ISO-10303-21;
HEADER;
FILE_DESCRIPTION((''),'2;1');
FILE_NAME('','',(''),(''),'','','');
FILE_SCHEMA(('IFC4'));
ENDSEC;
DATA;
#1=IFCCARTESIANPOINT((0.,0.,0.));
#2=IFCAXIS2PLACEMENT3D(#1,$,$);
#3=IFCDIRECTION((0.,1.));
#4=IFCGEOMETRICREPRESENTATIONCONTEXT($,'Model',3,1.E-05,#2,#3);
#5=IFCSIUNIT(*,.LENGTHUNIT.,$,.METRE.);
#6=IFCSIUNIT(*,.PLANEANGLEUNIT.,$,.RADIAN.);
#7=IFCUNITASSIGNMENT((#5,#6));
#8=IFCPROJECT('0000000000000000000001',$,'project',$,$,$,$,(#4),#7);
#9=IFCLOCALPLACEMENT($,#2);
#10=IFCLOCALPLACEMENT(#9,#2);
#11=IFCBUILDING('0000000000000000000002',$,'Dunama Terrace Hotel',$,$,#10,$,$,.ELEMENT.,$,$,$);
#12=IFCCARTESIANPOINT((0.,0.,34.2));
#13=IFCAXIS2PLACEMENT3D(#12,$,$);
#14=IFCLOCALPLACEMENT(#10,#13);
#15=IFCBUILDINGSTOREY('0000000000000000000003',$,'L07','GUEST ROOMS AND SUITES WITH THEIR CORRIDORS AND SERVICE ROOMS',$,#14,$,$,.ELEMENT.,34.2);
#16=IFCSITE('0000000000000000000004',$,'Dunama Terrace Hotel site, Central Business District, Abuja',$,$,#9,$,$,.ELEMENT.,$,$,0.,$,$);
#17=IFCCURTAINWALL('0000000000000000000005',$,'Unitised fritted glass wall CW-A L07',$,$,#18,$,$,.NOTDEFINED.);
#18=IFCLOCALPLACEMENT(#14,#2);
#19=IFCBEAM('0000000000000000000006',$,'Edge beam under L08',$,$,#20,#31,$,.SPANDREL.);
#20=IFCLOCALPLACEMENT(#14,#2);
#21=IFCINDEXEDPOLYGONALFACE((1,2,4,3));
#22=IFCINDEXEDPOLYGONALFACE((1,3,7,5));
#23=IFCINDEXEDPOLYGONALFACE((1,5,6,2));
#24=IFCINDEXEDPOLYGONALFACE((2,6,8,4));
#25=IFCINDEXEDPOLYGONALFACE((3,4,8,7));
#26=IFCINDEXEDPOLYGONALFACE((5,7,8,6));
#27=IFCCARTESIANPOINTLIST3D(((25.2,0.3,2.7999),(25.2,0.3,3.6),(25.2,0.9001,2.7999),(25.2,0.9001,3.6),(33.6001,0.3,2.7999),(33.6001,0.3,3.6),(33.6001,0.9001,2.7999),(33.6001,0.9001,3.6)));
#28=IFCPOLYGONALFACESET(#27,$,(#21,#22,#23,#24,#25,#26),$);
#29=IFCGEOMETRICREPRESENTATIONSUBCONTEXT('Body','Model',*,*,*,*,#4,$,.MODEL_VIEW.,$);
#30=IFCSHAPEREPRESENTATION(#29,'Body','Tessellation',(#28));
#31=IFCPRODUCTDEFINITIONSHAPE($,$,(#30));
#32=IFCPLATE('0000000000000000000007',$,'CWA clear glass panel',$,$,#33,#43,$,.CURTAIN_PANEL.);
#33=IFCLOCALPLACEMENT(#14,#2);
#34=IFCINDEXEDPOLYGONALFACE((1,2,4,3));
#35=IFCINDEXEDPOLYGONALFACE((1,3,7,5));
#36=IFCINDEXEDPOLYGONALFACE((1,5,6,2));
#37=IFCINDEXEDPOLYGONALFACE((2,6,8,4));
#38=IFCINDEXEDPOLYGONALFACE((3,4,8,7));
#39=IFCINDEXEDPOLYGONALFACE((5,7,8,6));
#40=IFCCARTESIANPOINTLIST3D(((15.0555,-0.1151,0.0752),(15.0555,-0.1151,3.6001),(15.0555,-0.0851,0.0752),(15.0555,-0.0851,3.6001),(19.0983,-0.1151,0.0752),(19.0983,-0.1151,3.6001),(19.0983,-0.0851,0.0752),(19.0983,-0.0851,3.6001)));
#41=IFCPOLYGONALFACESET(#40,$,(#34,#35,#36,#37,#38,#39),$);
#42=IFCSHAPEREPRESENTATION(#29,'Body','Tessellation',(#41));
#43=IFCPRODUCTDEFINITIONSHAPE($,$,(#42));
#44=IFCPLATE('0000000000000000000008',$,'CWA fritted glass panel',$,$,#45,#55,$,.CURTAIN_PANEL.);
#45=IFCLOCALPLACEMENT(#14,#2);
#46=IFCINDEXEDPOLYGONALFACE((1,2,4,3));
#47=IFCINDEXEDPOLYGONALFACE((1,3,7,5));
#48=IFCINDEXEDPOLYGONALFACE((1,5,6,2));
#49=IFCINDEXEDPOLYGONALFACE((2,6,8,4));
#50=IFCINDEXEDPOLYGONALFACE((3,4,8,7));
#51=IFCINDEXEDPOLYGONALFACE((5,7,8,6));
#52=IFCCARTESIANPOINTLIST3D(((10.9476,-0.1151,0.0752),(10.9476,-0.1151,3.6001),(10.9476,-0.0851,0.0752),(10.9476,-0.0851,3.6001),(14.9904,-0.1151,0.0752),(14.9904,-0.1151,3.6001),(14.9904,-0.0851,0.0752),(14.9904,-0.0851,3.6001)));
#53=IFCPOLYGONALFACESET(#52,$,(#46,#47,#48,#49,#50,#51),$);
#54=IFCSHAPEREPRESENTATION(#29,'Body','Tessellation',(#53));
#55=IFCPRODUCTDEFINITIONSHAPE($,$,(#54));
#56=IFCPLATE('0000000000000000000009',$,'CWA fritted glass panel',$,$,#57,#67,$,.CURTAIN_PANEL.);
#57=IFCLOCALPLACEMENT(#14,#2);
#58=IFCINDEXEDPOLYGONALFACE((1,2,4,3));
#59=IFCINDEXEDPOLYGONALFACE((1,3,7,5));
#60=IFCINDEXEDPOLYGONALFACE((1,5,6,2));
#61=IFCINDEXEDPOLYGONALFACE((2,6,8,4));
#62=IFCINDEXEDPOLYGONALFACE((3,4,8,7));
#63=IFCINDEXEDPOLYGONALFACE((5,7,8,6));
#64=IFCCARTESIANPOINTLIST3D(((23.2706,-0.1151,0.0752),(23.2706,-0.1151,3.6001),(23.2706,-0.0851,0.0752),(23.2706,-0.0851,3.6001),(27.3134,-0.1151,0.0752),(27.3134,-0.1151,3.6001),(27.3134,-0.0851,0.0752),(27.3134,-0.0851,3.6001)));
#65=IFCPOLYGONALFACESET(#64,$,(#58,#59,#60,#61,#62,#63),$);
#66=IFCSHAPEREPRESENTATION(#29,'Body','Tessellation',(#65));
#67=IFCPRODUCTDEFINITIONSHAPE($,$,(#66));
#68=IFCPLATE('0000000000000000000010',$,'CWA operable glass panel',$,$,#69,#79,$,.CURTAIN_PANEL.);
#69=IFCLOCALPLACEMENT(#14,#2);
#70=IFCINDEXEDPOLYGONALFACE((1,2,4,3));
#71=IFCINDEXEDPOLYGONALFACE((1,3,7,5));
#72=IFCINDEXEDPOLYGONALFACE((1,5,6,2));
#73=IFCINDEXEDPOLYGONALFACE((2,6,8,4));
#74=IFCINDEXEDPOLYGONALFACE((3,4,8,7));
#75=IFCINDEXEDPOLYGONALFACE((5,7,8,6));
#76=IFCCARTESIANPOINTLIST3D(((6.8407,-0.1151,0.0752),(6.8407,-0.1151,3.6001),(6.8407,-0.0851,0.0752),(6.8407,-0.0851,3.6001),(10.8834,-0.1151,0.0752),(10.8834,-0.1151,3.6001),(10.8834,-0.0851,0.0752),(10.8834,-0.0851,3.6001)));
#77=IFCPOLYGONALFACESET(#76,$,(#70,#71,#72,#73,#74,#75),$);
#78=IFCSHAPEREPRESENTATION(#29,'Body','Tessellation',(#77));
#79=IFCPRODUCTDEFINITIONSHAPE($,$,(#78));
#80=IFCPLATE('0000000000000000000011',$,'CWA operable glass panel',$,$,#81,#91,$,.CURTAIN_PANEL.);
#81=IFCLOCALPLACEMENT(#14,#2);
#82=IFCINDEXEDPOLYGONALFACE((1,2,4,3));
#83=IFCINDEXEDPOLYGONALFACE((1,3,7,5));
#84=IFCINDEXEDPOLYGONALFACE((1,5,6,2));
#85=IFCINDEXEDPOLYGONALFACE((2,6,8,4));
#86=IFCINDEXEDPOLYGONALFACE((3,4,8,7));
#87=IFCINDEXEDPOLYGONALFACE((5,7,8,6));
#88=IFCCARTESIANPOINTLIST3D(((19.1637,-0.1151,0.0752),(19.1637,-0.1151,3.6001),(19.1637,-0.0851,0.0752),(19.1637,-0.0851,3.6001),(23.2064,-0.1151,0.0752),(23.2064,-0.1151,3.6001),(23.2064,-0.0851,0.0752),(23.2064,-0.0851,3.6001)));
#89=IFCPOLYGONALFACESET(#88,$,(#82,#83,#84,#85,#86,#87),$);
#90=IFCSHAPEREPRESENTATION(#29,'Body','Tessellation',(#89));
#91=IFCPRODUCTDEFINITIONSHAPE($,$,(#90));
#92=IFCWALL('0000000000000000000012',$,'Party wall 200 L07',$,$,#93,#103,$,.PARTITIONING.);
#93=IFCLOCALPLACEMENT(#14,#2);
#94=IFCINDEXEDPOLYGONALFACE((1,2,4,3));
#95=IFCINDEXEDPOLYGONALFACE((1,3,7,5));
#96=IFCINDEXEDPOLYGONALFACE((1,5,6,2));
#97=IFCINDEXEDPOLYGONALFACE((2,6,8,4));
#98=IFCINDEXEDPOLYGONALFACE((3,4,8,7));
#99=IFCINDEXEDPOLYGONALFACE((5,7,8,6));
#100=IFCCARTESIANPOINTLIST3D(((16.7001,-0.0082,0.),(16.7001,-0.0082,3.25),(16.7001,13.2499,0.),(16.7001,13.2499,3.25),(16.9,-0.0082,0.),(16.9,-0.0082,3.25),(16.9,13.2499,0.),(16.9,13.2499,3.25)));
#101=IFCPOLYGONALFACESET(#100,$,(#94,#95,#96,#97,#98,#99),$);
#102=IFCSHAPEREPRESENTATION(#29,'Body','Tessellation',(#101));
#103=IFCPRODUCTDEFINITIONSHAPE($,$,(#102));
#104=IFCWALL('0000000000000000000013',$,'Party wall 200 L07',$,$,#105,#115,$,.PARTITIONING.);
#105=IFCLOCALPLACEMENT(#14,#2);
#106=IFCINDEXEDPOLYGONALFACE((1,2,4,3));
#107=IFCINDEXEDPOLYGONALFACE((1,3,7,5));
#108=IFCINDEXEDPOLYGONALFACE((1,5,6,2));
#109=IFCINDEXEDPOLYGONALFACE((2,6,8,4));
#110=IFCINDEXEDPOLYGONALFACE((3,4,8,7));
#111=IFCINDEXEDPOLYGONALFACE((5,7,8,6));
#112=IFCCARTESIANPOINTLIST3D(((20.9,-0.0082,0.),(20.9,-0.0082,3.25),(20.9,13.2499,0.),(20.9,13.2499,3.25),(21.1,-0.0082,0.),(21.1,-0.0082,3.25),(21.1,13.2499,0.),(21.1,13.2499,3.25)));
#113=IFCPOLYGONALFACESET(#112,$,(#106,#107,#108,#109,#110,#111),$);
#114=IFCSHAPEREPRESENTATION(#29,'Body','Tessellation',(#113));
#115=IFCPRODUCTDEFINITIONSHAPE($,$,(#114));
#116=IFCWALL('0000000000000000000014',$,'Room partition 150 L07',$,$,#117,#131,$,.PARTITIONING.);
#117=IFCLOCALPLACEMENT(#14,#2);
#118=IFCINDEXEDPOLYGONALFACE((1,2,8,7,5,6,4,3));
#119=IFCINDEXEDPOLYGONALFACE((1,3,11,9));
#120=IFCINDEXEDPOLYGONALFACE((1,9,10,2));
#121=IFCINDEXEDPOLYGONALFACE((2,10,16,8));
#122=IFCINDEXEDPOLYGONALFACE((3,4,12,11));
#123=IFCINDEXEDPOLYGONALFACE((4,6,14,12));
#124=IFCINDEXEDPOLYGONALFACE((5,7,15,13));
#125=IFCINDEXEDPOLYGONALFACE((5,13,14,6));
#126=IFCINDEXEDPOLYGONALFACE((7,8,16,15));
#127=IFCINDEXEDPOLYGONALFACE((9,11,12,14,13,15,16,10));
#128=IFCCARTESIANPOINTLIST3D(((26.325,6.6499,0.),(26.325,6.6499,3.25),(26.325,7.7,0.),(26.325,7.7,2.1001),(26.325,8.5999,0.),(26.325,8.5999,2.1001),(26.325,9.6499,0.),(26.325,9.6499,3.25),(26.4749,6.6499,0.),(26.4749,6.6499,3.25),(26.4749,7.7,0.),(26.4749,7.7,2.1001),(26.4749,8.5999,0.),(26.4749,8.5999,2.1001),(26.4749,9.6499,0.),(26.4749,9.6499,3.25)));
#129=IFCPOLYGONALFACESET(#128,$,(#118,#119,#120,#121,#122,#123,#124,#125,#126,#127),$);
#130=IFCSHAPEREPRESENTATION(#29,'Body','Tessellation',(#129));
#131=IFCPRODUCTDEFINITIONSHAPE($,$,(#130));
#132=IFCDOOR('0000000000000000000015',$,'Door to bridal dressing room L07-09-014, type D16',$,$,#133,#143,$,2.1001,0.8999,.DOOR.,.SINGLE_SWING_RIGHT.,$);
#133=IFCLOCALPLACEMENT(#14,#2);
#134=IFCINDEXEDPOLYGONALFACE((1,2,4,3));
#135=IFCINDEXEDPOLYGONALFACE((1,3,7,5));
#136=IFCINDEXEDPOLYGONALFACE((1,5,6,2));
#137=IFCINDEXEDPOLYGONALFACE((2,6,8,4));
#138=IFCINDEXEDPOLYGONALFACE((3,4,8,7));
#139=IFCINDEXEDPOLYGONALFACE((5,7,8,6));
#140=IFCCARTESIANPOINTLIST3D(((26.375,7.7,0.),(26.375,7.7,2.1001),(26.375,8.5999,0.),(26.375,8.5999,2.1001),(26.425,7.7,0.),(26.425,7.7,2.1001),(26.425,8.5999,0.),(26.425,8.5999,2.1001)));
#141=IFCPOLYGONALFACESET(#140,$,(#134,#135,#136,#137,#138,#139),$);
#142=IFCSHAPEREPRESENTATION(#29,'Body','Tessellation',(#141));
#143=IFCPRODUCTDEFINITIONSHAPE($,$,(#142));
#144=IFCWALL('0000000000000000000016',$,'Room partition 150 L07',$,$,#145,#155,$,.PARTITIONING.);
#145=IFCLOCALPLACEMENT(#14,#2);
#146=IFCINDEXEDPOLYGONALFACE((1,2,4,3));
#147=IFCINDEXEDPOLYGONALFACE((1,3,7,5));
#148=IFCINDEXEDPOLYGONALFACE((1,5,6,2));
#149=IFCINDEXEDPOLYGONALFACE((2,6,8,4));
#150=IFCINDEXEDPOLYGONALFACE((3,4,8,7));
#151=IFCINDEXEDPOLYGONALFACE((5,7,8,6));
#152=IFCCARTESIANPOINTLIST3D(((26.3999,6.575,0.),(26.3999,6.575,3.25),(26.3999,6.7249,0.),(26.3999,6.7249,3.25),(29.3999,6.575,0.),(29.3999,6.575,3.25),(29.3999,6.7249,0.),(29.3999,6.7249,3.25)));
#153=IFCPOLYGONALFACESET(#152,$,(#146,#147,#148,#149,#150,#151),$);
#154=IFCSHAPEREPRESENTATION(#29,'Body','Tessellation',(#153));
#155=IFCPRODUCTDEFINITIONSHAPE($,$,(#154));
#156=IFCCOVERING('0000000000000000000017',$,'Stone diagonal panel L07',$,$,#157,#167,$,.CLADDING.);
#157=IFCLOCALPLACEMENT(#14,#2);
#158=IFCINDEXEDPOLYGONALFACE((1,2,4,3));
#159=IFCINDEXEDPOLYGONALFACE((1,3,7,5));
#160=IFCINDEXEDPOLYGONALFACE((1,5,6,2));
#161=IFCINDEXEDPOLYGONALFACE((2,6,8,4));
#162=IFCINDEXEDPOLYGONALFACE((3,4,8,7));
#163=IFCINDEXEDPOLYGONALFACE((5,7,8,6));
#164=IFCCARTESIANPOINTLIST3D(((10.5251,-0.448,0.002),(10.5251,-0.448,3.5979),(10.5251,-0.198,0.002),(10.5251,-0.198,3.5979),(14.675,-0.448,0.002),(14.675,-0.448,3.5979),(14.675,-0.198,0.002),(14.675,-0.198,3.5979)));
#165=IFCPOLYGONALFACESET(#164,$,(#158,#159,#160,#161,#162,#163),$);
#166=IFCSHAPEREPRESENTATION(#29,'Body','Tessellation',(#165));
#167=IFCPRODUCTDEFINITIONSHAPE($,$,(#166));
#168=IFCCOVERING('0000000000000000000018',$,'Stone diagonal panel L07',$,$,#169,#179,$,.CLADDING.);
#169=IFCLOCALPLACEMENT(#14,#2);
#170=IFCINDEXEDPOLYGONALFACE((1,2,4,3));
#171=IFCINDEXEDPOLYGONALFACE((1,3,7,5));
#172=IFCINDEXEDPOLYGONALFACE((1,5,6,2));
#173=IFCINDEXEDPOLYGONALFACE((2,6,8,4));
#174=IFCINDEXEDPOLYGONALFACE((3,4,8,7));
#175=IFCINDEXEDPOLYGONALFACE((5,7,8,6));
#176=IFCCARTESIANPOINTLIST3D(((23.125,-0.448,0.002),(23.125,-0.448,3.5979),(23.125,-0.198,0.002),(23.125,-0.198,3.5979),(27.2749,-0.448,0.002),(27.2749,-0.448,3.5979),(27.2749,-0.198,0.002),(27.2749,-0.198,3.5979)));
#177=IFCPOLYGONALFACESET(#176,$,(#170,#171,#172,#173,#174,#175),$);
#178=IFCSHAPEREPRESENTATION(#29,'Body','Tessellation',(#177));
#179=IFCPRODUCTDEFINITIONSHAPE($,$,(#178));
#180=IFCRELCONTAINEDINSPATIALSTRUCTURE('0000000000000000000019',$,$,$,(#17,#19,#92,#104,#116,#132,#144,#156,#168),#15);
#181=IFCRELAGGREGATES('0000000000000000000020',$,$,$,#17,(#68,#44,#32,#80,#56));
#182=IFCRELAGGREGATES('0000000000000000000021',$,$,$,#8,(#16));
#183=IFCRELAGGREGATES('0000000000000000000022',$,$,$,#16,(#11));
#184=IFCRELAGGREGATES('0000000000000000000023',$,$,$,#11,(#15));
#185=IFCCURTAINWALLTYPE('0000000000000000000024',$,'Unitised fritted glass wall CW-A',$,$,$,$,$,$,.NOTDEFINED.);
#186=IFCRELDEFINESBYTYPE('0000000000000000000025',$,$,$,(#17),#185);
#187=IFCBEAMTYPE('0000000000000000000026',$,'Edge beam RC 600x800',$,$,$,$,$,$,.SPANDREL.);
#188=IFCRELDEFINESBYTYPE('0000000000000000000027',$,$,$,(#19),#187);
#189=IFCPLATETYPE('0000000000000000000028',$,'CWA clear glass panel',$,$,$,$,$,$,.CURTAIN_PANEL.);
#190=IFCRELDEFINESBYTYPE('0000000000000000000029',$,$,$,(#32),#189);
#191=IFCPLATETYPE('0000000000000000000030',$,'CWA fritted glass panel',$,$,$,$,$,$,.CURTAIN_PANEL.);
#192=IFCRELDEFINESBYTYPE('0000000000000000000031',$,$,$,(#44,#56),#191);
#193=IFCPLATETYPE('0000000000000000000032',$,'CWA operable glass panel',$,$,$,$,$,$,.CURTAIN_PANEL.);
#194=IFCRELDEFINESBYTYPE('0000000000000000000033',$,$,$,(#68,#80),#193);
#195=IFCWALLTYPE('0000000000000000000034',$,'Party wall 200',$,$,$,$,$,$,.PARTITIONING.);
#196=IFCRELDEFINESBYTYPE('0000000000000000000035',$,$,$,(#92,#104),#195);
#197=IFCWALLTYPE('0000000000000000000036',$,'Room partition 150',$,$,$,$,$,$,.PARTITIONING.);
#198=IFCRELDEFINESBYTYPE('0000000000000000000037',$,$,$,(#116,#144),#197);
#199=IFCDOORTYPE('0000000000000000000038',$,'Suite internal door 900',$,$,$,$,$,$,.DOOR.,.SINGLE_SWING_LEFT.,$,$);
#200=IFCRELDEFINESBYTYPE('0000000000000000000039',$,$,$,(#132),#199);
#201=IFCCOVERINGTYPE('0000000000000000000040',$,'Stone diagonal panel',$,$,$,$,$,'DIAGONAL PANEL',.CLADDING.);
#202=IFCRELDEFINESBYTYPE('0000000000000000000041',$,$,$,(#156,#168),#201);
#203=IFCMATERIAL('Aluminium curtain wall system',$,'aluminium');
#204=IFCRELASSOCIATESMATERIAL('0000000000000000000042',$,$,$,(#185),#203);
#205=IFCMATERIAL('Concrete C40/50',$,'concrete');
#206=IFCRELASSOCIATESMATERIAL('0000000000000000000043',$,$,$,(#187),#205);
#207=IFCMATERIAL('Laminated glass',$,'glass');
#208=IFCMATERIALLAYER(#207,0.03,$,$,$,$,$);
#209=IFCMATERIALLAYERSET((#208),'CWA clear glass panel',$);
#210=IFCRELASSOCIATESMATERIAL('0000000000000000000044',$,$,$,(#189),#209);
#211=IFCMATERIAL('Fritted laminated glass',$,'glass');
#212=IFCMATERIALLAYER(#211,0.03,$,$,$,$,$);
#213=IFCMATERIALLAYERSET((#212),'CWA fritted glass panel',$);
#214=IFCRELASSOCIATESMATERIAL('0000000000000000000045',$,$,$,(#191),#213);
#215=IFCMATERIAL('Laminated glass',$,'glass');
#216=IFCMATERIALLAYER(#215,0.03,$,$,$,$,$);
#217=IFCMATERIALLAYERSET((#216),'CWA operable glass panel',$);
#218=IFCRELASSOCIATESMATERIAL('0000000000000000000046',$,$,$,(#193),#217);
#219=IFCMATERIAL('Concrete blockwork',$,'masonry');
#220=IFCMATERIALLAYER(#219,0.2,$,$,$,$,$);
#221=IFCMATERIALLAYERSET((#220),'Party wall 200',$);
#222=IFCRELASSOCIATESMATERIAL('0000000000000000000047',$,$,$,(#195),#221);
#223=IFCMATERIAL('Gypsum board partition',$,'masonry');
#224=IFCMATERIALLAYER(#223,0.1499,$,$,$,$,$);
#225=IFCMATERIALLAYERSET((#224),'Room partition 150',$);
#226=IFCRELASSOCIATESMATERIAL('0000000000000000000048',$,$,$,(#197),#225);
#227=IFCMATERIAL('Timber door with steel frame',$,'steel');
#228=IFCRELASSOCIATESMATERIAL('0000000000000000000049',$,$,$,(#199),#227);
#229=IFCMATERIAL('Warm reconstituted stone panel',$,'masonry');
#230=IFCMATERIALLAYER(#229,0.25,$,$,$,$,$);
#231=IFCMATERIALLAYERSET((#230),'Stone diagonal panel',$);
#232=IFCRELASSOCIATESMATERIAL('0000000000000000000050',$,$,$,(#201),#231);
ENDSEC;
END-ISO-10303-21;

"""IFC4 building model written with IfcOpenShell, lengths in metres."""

from ifc_helpers import new_model, si_unit, direction, frame, frame_2d, origin, origin_2d, place, context, subcontext, project, spatial, rectangle, extrude, material, layer, layer_set, material_profile, profile_set, type_object, element, fill, aggregate, save


model = new_model("IFC4")

# Units and contexts
model_context = context("Model", 3, precision=1e-05, world=origin(), true_north=direction((0.0, 1.0)))
body_context = subcontext(model_context, "Body", "Model", "MODEL_VIEW")
ifc_project = project(units=[si_unit("LENGTHUNIT", "METRE"), si_unit("PLANEANGLEUNIT", "RADIAN")], contexts=[model_context])

# Site, building, storey
site_placement = place(None, origin())
site = spatial("IfcSite", under=ifc_project, at=site_placement, Name="Dunama Terrace Hotel site, Central Business District, Abuja", CompositionType="ELEMENT", RefElevation=0.0)
building_placement = place(site_placement, origin())
building = spatial("IfcBuilding", under=site, at=building_placement, Name="Dunama Terrace Hotel", CompositionType="ELEMENT")
storey_placement = place(building_placement, frame((0.0, 0.0, 34.2)))
storey = spatial("IfcBuildingStorey", under=building, at=storey_placement, Name="L07", Description="GUEST ROOMS AND SUITES WITH THEIR CORRIDORS AND SERVICE ROOMS", CompositionType="ELEMENT", Elevation=34.2)

# Curtain wall
ifc_material_1 = material(Name="Aluminium curtain wall system", Category="aluminium")
curtain_wall_type = type_object("IfcCurtainWallType", Name="Unitised fritted glass wall CW-A", PredefinedType="NOTDEFINED", material=ifc_material_1)
curtain_wall_placement = place(storey_placement, origin())
curtain_wall = element("IfcCurtainWall", 1, at=curtain_wall_placement, inside=storey, type_object=curtain_wall_type, Name="Unitised fritted glass wall CW-A L07", PredefinedType="NOTDEFINED")

# Beam
ifc_material_2 = material(Name="Concrete C40/50", Category="concrete")
ifc_material_profile_1 = material_profile(ifc_material_2, rectangle(XDim=0.6001, YDim=0.8, at=origin_2d()), Name="RC 600x800")
ifc_profile_set_1 = profile_set([ifc_material_profile_1], Name="Concrete C40/50")
beam_type = type_object("IfcBeamType", Name="Edge beam RC 600x800", PredefinedType="SPANDREL", material=ifc_profile_set_1)
beam_1_placement = place(storey_placement, frame((25.2, 0.6001, 3.2), z_axis=(1.0, 0.0, 0.0), x_axis=(0.0, 1.0, 0.0)))
element("IfcBeam", 2, at=beam_1_placement, inside=storey, type_object=beam_type, Name="Edge beam under L08", PredefinedType="SPANDREL", context=body_context, shape_type="SweptSolid", body=[
    extrude(rectangle(XDim=0.6001, YDim=0.8, at=origin_2d()), origin(), (0.0, 0.0, 1.0), 8.4001),
])

# Plates
ifc_material_3 = material(Name="Laminated glass", Category="glass")
ifc_layer_1 = layer(ifc_material_3, 0.03)
ifc_layer_set_1 = layer_set([ifc_layer_1], Name="CWA clear glass panel")
plate_type_1 = type_object("IfcPlateType", Name="CWA clear glass panel", PredefinedType="CURTAIN_PANEL", material=ifc_layer_set_1)
plate_1_placement = place(storey_placement, frame((17.0769, -0.1001, 0.0752), z_axis=(0.0, 0.0, 1.0), x_axis=(1.0, 0.0, 0.0)))
plate_1 = element("IfcPlate", 3, at=plate_1_placement, type_object=plate_type_1, Name="CWA clear glass panel", PredefinedType="CURTAIN_PANEL", context=body_context, shape_type="SweptSolid", body=[
    extrude(rectangle(XDim=4.0427, YDim=0.03, at=origin_2d()), origin(), (0.0, 0.0, 1.0), 3.5249),
])
ifc_material_4 = material(Name="Fritted laminated glass", Category="glass")
ifc_layer_2 = layer(ifc_material_4, 0.03)
ifc_layer_set_2 = layer_set([ifc_layer_2], Name="CWA fritted glass panel")
plate_type_2 = type_object("IfcPlateType", Name="CWA fritted glass panel", PredefinedType="CURTAIN_PANEL", material=ifc_layer_set_2)
plate_2_placement = place(storey_placement, frame((12.969, -0.1001, 0.0752), z_axis=(0.0, 0.0, 1.0), x_axis=(1.0, 0.0, 0.0)))
plate_2 = element("IfcPlate", 4, at=plate_2_placement, type_object=plate_type_2, Name="CWA fritted glass panel", PredefinedType="CURTAIN_PANEL", context=body_context, shape_type="SweptSolid", body=[
    extrude(rectangle(XDim=4.0427, YDim=0.03, at=origin_2d()), origin(), (0.0, 0.0, 1.0), 3.5249),
])
plate_3_placement = place(storey_placement, frame((25.292, -0.1001, 0.0752), z_axis=(0.0, 0.0, 1.0), x_axis=(1.0, 0.0, 0.0)))
plate_3 = element("IfcPlate", 5, at=plate_3_placement, type_object=plate_type_2, Name="CWA fritted glass panel", PredefinedType="CURTAIN_PANEL", context=body_context, shape_type="SweptSolid", body=[
    extrude(rectangle(XDim=4.0427, YDim=0.03, at=origin_2d()), origin(), (0.0, 0.0, 1.0), 3.5249),
])
ifc_material_5 = material(Name="Laminated glass", Category="glass")
ifc_layer_3 = layer(ifc_material_5, 0.03)
ifc_layer_set_3 = layer_set([ifc_layer_3], Name="CWA operable glass panel")
plate_type_3 = type_object("IfcPlateType", Name="CWA operable glass panel", PredefinedType="CURTAIN_PANEL", material=ifc_layer_set_3)
plate_4_placement = place(storey_placement, frame((8.8621, -0.1001, 0.0752), z_axis=(0.0, 0.0, 1.0), x_axis=(1.0, 0.0, 0.0)))
plate_4 = element("IfcPlate", 6, at=plate_4_placement, type_object=plate_type_3, Name="CWA operable glass panel", PredefinedType="CURTAIN_PANEL", context=body_context, shape_type="SweptSolid", body=[
    extrude(rectangle(XDim=4.0427, YDim=0.03, at=origin_2d()), origin(), (0.0, 0.0, 1.0), 3.5249),
])
plate_5_placement = place(storey_placement, frame((21.1851, -0.1001, 0.0752), z_axis=(0.0, 0.0, 1.0), x_axis=(1.0, 0.0, 0.0)))
plate_5 = element("IfcPlate", 7, at=plate_5_placement, type_object=plate_type_3, Name="CWA operable glass panel", PredefinedType="CURTAIN_PANEL", context=body_context, shape_type="SweptSolid", body=[
    extrude(rectangle(XDim=4.0427, YDim=0.03, at=origin_2d()), origin(), (0.0, 0.0, 1.0), 3.5249),
])
aggregate(curtain_wall, [plate_4, plate_2, plate_1, plate_5, plate_3])

# Walls
ifc_material_6 = material(Name="Concrete blockwork", Category="masonry")
ifc_layer_4 = layer(ifc_material_6, 0.2)
ifc_layer_set_4 = layer_set([ifc_layer_4], Name="Party wall 200")
wall_type_1 = type_object("IfcWallType", Name="Party wall 200", PredefinedType="PARTITIONING", material=ifc_layer_set_4)
for number, where, z_axis, x_axis, name in (
    (8, (16.8, -0.0081, 0.0), (0.0, 0.0, 1.0), (0.0, 1.0, 0.0), "Party wall 200 L07"),
    (9, (21.0, -0.0081, 0.0), (0.0, 0.0, 1.0), (0.0, 1.0, 0.0), "Party wall 200 L07"),
):
    element("IfcWall", number, at=place(storey_placement, frame(where, z_axis=z_axis, x_axis=x_axis)), inside=storey, type_object=wall_type_1, Name=name, PredefinedType="PARTITIONING", context=body_context, shape_type="SweptSolid", body=[
        extrude(rectangle(XDim=13.2581, YDim=0.2, at=frame_2d((6.6289, 0.0))), origin(), (0.0, 0.0, 1.0), 3.25),
    ])

# Wall, opening, door
ifc_material_7 = material(Name="Gypsum board partition", Category="masonry")
ifc_layer_5 = layer(ifc_material_7, 0.1499)
ifc_layer_set_5 = layer_set([ifc_layer_5], Name="Room partition 150")
wall_type_2 = type_object("IfcWallType", Name="Room partition 150", PredefinedType="PARTITIONING", material=ifc_layer_set_5)
wall_1_placement = place(storey_placement, frame((26.3999, 6.6499, 0.0), z_axis=(0.0, 0.0, 1.0), x_axis=(0.0, 1.0, 0.0)))
wall_1 = element("IfcWall", 10, at=wall_1_placement, inside=storey, type_object=wall_type_2, Name="Room partition 150 L07", PredefinedType="PARTITIONING", context=body_context, shape_type="SweptSolid", body=[
    extrude(rectangle(XDim=3.0, YDim=0.1499, at=frame_2d((1.5, 0.0))), origin(), (0.0, 0.0, 1.0), 3.25),
])
opening_placement = place(wall_1_placement, frame((1.05, 0.0, 0.0)))
opening = element("IfcOpeningElement", 11, at=opening_placement, cuts=wall_1, PredefinedType="OPENING", context=body_context, shape_type="SweptSolid", body=[
    extrude(rectangle(XDim=0.8999, YDim=2.1001, at=frame_2d((0.45, 1.05))), frame((0.0, 0.085, 0.0), z_axis=(0.0, -1.0, 0.0), x_axis=(1.0, 0.0, 0.0)), (0.0, 0.0, 1.0), 0.1699),
])
ifc_material_8 = material(Name="Timber door with steel frame", Category="steel")
door_type = type_object("IfcDoorType", Name="Suite internal door 900", OperationType="SINGLE_SWING_LEFT", PredefinedType="DOOR", material=ifc_material_8)
door_placement = place(opening_placement, frame((0.8999, 0.0, 0.0), z_axis=(0.0, 0.0, 1.0), x_axis=(-1.0, 0.0, 0.0)))
door = element("IfcDoor", 12, at=door_placement, inside=storey, type_object=door_type, Name="Door to bridal dressing room L07-09-014, type D16", OperationType="SINGLE_SWING_RIGHT", OverallHeight=2.1001, OverallWidth=0.8999, PredefinedType="DOOR", context=body_context, shape_type="SweptSolid", body=[
    extrude(rectangle(XDim=0.8999, YDim=2.1001, at=frame_2d((0.45, 1.05))), frame((0.0, 0.0251, 0.0), z_axis=(0.0, -1.0, 0.0), x_axis=(1.0, 0.0, 0.0)), (0.0, 0.0, 1.0), 0.05),
])
fill(opening, door)

# Wall
wall_2_placement = place(storey_placement, frame((26.3999, 6.6499, 0.0), z_axis=(0.0, 0.0, 1.0), x_axis=(1.0, 0.0, 0.0)))
element("IfcWall", 13, at=wall_2_placement, inside=storey, type_object=wall_type_2, Name="Room partition 150 L07", PredefinedType="PARTITIONING", context=body_context, shape_type="SweptSolid", body=[
    extrude(rectangle(XDim=3.0, YDim=0.1499, at=frame_2d((1.5, 0.0))), origin(), (0.0, 0.0, 1.0), 3.25),
])

# Coverings
ifc_material_9 = material(Name="Warm reconstituted stone panel", Category="masonry")
ifc_layer_6 = layer(ifc_material_9, 0.25)
ifc_layer_set_6 = layer_set([ifc_layer_6], Name="Stone diagonal panel")
covering_type = type_object("IfcCoveringType", Name="Stone diagonal panel", ElementType="DIAGONAL PANEL", PredefinedType="CLADDING", material=ifc_layer_set_6)
for number, where, z_axis, x_axis, name in (
    (14, (12.6001, -0.323, 0.002), (0.0, 0.0, 1.0), (1.0, 0.0, 0.0), "Stone diagonal panel L07"),
    (15, (25.2, -0.323, 0.002), (0.0, 0.0, 1.0), (1.0, 0.0, 0.0), "Stone diagonal panel L07"),
):
    element("IfcCovering", number, at=place(storey_placement, frame(where, z_axis=z_axis, x_axis=x_axis)), inside=storey, type_object=covering_type, Name=name, PredefinedType="CLADDING", context=body_context, shape_type="SweptSolid", body=[
        extrude(rectangle(XDim=4.1499, YDim=0.25, at=origin_2d()), origin(), (0.0, 0.0, 1.0), 3.5959),
    ])

save(model, "model.ifc")
